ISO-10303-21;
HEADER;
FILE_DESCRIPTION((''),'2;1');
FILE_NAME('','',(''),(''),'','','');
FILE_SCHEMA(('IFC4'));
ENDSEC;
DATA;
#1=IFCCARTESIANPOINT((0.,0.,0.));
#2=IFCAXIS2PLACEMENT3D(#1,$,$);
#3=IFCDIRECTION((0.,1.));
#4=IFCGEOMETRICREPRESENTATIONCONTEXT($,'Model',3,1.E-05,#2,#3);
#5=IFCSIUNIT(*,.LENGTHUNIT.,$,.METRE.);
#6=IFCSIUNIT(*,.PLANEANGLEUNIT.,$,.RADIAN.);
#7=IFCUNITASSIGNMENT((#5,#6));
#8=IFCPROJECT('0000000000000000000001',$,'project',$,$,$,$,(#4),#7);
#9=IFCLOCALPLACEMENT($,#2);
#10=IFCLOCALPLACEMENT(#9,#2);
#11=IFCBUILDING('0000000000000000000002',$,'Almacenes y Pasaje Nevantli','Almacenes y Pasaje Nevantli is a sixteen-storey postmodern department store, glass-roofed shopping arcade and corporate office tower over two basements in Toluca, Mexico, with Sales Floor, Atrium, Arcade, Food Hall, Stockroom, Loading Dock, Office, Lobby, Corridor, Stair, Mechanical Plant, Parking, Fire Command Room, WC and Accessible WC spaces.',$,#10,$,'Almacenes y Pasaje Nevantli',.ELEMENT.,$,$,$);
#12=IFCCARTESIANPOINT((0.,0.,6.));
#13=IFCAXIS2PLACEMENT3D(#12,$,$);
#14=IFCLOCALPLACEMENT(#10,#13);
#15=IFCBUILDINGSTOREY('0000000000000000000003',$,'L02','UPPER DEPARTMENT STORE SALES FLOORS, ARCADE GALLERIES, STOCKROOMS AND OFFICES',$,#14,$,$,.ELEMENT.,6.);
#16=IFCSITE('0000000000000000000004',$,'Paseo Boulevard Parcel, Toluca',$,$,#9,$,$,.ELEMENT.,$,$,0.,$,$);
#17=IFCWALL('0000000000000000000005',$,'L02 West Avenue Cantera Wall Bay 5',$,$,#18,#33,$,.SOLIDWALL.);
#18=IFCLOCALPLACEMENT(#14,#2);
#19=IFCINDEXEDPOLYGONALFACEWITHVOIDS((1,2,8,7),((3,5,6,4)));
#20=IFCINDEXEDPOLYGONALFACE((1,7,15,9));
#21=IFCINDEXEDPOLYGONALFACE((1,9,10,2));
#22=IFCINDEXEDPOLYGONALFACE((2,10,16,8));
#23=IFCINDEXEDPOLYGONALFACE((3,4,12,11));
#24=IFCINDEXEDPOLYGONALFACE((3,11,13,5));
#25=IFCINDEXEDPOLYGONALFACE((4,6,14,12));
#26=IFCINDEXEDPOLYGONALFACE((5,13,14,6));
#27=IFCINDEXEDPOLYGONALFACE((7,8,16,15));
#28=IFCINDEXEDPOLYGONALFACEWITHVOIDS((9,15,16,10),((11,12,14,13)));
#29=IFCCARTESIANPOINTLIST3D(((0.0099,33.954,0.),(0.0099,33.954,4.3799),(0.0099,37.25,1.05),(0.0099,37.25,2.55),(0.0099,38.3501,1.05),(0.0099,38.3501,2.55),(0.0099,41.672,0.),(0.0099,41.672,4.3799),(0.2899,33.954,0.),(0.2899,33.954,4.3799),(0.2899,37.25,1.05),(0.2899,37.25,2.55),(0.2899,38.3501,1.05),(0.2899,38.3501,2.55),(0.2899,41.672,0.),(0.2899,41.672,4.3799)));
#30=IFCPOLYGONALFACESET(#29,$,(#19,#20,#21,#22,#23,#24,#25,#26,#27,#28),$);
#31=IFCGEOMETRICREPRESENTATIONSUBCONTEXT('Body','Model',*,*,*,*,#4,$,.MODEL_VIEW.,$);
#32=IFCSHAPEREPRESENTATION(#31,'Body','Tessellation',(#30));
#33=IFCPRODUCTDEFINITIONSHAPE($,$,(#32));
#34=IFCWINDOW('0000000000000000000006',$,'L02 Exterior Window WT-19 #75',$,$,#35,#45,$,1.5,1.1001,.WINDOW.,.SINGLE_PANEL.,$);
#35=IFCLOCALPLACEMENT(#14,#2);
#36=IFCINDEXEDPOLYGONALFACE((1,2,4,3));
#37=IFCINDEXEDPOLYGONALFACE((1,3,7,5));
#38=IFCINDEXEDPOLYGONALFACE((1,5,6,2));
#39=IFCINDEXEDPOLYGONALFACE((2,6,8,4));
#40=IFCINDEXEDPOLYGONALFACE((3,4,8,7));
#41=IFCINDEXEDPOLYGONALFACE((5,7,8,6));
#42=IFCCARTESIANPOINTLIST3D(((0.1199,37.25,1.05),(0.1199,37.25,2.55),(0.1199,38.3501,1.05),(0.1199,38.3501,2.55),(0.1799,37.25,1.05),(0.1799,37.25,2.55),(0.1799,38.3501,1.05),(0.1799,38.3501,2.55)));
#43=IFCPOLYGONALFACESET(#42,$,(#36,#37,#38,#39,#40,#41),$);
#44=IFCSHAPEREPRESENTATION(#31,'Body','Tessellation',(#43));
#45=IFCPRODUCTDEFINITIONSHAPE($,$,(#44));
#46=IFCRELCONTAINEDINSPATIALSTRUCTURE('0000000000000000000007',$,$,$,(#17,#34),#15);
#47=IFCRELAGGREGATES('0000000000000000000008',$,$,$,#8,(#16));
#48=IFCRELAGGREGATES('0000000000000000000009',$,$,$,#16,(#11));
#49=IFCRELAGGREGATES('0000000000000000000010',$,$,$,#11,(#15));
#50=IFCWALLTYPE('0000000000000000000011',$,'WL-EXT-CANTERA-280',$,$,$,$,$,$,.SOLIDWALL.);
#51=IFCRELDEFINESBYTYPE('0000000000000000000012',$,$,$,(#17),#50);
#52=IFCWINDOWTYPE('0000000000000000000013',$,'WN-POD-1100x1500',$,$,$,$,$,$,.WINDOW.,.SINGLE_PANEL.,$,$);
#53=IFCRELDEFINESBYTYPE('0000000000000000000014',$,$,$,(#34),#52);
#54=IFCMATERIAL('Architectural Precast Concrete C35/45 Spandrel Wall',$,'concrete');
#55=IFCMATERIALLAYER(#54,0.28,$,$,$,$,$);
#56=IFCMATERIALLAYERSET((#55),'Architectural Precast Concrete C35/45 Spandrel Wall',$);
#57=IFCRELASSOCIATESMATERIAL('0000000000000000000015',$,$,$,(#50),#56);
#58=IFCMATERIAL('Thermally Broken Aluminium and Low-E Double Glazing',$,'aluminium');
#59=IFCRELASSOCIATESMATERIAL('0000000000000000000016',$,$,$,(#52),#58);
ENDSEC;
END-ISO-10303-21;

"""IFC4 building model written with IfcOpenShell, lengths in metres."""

from ifc_helpers import new_model, si_unit, direction, frame, frame_2d, origin, place, context, subcontext, project, spatial, rectangle, extrude, material, layer, layer_set, type_object, element, fill, save


model = new_model("IFC4")

# Units and contexts
model_context = context("Model", 3, precision=1e-05, world=origin(), true_north=direction((0.0, 1.0)))
body_context = subcontext(model_context, "Body", "Model", "MODEL_VIEW")
ifc_project = project(units=[si_unit("LENGTHUNIT", "METRE"), si_unit("PLANEANGLEUNIT", "RADIAN")], contexts=[model_context])

# Site, building, storey
site_placement = place(None, origin())
site = spatial("IfcSite", under=ifc_project, at=site_placement, Name="Paseo Boulevard Parcel, Toluca", CompositionType="ELEMENT", RefElevation=0.0)
building_placement = place(site_placement, origin())
building = spatial("IfcBuilding", under=site, at=building_placement, Name="Almacenes y Pasaje Nevantli", Description="Almacenes y Pasaje Nevantli is a sixteen-storey postmodern department store, glass-roofed shopping arcade and corporate office tower over two basements in Toluca, Mexico, with Sales Floor, Atrium, Arcade, Food Hall, Stockroom, Loading Dock, Office, Lobby, Corridor, Stair, Mechanical Plant, Parking, Fire Command Room, WC and Accessible WC spaces.", LongName="Almacenes y Pasaje Nevantli", CompositionType="ELEMENT")
storey_placement = place(building_placement, frame((0.0, 0.0, 6.0)))
storey = spatial("IfcBuildingStorey", under=building, at=storey_placement, Name="L02", Description="UPPER DEPARTMENT STORE SALES FLOORS, ARCADE GALLERIES, STOCKROOMS AND OFFICES", CompositionType="ELEMENT", Elevation=6.0)

# Wall, opening, window
ifc_material_1 = material(Name="Architectural Precast Concrete C35/45 Spandrel Wall", Category="concrete")
ifc_layer_1 = layer(ifc_material_1, 0.28)
ifc_layer_set_1 = layer_set([ifc_layer_1], Name="Architectural Precast Concrete C35/45 Spandrel Wall")
wall_type = type_object("IfcWallType", Name="WL-EXT-CANTERA-280", PredefinedType="SOLIDWALL", material=ifc_layer_set_1)
wall_placement = place(storey_placement, frame((0.1499, 33.9541, 0.0), z_axis=(0.0, 0.0, 1.0), x_axis=(0.0, 1.0, 0.0)))
wall = element("IfcWall", 1, at=wall_placement, inside=storey, type_object=wall_type, Name="L02 West Avenue Cantera Wall Bay 5", PredefinedType="SOLIDWALL", context=body_context, shape_type="SweptSolid", body=[
    extrude(rectangle(XDim=7.718, YDim=0.28, at=frame_2d((3.8589, 0.0))), origin(), (0.0, 0.0, 1.0), 4.3799),
])
opening_placement = place(wall_placement, frame((3.2959, 0.0, 1.05)))
opening = element("IfcOpeningElement", 2, at=opening_placement, cuts=wall, PredefinedType="OPENING", context=body_context, shape_type="SweptSolid", body=[
    extrude(rectangle(XDim=1.1001, YDim=1.5, at=frame_2d((0.55, 0.75))), frame((0.0, 0.1499, 0.0), z_axis=(0.0, -1.0, 0.0), x_axis=(1.0, 0.0, 0.0)), (0.0, 0.0, 1.0), 0.3),
])
ifc_material_2 = material(Name="Thermally Broken Aluminium and Low-E Double Glazing", Category="aluminium")
window_type = type_object("IfcWindowType", Name="WN-POD-1100x1500", PartitioningType="SINGLE_PANEL", PredefinedType="WINDOW", material=ifc_material_2)
window_placement = place(opening_placement, origin())
window = element("IfcWindow", 3, at=window_placement, inside=storey, type_object=window_type, Name="L02 Exterior Window WT-19 #75", OverallHeight=1.5, OverallWidth=1.1001, PartitioningType="SINGLE_PANEL", PredefinedType="WINDOW", context=body_context, shape_type="SweptSolid", body=[
    extrude(rectangle(XDim=1.1001, YDim=1.5, at=frame_2d((0.55, 0.75))), frame((0.0, 0.03, 0.0), z_axis=(0.0, -1.0, 0.0), x_axis=(1.0, 0.0, 0.0)), (0.0, 0.0, 1.0), 0.0601),
])
fill(opening, window)

save(model, "model.ifc")
